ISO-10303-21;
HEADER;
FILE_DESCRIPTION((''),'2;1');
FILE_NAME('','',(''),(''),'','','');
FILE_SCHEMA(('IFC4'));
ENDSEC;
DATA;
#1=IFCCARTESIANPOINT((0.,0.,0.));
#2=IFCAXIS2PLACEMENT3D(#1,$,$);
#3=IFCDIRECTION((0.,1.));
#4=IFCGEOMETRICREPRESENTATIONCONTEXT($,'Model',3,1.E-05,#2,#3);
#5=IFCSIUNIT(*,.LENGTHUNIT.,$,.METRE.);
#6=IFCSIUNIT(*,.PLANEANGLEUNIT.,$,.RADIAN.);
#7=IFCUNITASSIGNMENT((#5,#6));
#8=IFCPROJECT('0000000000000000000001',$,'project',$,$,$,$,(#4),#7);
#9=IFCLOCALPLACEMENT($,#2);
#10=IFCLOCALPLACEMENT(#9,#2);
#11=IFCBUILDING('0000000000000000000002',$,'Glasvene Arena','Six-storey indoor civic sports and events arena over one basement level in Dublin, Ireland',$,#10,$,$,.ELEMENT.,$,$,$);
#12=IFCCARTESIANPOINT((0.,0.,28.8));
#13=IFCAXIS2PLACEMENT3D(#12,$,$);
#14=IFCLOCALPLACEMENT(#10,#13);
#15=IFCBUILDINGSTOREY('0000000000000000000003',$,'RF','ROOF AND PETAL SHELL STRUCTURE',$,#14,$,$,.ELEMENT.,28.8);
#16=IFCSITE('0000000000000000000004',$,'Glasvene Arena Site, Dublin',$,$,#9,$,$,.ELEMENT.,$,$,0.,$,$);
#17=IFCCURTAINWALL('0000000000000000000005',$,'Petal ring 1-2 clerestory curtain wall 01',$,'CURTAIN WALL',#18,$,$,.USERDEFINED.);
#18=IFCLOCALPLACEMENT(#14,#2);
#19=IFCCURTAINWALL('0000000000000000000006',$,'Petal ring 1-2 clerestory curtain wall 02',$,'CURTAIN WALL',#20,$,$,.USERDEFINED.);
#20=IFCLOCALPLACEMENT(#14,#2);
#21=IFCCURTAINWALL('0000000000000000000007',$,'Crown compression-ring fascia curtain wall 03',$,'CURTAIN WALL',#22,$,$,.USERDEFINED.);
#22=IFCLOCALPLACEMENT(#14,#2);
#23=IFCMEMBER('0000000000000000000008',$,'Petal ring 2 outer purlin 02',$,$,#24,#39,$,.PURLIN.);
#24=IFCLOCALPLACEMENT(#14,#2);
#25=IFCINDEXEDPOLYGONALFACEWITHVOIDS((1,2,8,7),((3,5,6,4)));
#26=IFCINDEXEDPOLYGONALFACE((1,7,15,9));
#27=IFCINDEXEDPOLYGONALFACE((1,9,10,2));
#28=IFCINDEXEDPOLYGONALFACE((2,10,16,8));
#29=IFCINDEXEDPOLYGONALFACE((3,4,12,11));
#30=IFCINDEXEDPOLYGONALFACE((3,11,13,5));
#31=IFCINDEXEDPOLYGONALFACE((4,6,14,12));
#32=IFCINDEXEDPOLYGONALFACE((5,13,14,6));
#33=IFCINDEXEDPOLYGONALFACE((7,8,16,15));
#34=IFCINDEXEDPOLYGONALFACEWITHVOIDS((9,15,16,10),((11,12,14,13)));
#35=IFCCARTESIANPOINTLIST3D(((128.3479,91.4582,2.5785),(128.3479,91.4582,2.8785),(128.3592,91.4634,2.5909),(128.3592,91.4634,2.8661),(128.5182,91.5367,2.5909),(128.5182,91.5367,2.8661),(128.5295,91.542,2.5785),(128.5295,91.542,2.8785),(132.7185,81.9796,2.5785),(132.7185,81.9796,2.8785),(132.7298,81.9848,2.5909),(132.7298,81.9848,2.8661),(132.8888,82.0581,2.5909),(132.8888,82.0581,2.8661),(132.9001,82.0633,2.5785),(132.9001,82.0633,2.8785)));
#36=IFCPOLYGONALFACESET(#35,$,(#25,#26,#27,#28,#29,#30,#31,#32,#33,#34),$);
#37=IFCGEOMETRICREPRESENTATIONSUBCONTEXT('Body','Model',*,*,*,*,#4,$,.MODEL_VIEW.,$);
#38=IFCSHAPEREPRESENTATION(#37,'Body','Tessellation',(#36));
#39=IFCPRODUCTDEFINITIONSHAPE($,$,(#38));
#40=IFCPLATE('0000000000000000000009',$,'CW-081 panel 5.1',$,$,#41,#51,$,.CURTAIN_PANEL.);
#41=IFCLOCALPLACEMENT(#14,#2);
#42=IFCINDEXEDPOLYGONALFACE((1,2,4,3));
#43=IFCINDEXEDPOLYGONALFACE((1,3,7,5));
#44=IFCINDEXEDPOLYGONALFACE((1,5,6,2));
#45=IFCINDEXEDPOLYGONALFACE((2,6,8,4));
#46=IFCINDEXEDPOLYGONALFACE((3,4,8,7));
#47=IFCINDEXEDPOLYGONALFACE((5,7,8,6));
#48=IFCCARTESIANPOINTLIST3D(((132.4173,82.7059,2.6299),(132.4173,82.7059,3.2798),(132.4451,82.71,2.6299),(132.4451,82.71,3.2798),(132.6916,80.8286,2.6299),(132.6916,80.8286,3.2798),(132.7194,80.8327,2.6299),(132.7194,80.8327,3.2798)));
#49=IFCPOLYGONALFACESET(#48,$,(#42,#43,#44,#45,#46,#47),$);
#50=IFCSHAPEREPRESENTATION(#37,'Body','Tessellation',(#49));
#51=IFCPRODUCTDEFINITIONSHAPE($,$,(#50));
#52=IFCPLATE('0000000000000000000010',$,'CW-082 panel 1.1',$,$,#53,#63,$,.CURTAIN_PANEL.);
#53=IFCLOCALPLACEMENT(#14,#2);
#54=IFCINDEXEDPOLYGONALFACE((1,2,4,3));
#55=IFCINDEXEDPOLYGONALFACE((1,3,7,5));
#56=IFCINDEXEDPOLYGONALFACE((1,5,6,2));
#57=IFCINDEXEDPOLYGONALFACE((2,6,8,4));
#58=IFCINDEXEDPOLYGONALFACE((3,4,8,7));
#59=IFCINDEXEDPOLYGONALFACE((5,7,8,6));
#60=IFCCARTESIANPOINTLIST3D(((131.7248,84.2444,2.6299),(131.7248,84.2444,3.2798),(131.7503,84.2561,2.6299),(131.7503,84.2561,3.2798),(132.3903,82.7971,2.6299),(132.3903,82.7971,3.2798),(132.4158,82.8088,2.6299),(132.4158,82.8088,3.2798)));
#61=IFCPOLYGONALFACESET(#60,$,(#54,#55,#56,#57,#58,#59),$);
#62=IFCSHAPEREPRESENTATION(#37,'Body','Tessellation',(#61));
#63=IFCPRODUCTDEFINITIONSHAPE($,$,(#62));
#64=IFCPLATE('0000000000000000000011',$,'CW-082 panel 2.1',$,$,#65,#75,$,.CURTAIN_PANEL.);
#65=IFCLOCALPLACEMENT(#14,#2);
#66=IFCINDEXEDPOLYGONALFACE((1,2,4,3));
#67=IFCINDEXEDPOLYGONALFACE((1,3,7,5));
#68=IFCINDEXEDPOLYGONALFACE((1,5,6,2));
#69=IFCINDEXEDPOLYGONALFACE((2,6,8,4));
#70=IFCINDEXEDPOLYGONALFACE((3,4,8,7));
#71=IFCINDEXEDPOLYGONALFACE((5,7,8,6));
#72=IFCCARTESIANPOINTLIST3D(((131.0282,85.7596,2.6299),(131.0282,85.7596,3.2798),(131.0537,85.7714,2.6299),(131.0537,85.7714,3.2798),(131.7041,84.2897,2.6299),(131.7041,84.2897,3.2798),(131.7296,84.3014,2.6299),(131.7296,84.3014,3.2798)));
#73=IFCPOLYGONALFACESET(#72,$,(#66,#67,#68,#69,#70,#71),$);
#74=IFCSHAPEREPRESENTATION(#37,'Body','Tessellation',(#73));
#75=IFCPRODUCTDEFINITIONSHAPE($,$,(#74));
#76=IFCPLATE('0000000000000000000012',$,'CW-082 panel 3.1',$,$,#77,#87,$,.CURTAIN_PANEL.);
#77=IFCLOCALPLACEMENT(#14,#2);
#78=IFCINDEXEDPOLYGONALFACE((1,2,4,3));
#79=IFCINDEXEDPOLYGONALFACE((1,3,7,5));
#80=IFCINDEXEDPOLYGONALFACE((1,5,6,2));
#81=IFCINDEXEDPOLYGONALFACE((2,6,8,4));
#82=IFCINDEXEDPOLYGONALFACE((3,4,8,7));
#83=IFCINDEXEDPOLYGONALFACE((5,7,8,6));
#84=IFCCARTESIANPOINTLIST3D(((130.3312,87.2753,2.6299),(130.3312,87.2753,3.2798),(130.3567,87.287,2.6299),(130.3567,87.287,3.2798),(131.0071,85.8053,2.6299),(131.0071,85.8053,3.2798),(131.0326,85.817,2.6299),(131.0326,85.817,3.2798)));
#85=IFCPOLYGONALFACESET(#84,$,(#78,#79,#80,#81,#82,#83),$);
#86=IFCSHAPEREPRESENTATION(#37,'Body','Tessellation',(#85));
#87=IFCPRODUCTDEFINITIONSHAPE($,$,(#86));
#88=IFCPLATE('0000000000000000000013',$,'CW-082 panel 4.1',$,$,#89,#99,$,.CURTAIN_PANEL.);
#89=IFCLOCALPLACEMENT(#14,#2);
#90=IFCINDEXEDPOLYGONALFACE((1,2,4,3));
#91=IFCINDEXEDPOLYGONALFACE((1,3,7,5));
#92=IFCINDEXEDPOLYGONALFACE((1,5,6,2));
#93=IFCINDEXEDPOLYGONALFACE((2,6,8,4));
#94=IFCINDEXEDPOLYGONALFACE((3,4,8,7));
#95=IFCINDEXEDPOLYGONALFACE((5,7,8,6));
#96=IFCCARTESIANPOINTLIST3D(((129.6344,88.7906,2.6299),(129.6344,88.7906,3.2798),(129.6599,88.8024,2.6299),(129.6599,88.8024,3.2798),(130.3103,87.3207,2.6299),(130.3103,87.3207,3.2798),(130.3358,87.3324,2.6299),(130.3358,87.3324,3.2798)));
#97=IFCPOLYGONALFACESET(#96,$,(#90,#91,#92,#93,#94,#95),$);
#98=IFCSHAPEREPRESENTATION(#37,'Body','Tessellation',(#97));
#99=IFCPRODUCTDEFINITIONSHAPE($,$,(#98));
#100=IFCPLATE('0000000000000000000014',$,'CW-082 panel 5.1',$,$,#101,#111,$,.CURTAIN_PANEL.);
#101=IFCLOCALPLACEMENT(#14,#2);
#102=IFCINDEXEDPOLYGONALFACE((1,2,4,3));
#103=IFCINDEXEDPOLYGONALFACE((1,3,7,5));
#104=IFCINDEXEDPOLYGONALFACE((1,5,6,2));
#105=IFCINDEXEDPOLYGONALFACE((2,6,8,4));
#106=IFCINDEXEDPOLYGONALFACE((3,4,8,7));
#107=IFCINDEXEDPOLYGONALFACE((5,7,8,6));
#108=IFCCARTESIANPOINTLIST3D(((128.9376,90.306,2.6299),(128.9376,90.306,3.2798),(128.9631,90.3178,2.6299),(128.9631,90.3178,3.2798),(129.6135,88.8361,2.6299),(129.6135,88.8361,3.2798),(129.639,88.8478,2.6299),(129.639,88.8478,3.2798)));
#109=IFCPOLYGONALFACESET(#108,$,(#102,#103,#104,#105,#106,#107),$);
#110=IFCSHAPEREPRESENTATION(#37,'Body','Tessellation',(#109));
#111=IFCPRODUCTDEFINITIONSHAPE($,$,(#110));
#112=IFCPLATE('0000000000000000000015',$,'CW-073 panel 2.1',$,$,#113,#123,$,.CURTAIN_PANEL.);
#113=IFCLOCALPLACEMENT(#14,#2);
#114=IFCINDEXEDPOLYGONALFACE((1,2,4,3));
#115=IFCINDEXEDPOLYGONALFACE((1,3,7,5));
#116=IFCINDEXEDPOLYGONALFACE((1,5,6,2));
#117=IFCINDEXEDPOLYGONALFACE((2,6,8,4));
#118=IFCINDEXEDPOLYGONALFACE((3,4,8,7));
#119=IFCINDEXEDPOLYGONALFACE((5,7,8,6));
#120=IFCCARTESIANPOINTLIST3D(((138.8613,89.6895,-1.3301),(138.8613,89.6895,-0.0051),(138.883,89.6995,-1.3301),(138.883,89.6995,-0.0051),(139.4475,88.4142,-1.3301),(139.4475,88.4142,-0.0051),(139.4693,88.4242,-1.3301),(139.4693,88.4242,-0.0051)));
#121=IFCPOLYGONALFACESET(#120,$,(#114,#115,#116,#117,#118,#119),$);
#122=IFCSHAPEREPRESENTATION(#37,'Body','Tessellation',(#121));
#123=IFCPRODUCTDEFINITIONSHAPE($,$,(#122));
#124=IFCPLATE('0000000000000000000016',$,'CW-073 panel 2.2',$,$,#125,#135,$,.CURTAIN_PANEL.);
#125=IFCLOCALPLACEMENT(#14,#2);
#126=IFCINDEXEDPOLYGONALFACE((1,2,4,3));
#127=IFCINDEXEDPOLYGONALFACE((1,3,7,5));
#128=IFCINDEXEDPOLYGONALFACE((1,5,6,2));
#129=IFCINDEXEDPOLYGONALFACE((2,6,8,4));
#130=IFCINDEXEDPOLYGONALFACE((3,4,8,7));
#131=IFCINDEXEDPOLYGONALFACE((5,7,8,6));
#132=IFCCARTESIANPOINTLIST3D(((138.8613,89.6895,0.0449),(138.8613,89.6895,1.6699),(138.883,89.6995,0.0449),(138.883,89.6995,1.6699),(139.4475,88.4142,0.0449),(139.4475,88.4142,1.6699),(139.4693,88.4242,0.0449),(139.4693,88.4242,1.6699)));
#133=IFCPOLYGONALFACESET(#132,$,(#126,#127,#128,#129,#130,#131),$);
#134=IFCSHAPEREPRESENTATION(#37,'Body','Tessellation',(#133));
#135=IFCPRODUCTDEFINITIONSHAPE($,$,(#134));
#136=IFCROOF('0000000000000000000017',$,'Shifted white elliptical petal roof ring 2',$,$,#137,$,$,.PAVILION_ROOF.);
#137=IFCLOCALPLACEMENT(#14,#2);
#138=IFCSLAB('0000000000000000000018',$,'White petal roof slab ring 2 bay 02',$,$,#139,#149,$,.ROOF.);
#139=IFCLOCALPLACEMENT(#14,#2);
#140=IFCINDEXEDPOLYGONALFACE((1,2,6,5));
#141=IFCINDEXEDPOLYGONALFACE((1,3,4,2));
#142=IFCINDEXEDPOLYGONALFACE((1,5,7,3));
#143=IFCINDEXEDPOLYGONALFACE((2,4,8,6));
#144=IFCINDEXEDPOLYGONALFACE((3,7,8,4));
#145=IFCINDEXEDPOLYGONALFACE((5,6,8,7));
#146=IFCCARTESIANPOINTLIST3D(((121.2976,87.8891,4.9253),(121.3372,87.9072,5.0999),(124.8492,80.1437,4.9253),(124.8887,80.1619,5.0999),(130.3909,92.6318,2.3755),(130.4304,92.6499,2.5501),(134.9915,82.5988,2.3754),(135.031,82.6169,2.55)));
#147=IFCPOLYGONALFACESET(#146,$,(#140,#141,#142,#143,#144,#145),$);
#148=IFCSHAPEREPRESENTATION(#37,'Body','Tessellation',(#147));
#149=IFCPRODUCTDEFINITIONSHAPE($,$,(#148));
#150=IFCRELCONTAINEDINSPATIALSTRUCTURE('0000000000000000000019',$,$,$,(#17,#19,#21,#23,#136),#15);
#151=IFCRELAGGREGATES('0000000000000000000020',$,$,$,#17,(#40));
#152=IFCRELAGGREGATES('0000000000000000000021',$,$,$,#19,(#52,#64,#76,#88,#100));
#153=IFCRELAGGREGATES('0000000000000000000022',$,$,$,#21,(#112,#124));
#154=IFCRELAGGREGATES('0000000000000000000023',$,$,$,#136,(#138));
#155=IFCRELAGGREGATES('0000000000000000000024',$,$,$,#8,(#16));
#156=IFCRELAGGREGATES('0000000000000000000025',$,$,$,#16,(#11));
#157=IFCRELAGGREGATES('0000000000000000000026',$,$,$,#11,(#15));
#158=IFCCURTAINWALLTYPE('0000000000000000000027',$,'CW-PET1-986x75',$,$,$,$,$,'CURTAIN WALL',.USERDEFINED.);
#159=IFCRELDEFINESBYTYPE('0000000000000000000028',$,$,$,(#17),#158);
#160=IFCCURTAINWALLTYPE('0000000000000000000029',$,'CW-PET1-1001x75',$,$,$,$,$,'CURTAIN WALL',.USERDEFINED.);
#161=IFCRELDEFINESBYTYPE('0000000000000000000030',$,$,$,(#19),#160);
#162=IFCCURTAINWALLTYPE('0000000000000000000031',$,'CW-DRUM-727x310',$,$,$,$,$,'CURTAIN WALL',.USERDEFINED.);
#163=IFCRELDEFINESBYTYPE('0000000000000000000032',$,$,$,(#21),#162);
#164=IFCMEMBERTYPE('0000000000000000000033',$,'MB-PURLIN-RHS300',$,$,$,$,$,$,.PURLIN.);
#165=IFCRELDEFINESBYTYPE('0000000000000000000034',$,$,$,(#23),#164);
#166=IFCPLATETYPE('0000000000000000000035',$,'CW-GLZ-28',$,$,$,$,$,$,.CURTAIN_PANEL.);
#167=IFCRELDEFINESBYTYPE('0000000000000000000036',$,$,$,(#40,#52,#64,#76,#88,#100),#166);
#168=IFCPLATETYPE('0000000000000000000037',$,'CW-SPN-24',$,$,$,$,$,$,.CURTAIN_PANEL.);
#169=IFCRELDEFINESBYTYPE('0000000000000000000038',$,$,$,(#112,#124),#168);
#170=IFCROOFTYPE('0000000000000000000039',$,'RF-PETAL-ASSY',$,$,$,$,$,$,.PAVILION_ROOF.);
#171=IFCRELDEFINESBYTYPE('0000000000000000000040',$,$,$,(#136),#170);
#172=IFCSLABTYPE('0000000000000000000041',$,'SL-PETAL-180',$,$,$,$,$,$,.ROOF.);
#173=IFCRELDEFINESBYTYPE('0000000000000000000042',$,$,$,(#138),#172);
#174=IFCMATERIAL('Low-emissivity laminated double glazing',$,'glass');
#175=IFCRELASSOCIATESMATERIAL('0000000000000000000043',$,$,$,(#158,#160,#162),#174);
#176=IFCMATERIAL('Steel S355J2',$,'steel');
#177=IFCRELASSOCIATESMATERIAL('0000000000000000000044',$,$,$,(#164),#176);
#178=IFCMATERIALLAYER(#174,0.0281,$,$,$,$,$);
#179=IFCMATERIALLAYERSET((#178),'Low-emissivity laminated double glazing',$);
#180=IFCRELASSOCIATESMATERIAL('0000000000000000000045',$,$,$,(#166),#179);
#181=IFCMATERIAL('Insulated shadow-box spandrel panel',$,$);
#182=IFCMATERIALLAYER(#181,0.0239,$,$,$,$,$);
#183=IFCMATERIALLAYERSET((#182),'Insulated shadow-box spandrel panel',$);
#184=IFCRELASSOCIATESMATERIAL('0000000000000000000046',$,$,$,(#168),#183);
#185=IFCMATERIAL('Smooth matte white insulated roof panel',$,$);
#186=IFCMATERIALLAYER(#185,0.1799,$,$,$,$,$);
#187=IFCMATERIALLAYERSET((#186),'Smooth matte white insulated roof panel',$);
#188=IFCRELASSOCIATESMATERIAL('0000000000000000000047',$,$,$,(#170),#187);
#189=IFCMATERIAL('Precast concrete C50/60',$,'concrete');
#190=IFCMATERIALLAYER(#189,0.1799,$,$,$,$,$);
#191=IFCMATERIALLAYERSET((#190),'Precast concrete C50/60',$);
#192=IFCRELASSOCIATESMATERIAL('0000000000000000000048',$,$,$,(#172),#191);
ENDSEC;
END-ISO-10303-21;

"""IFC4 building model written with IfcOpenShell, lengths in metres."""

from ifc_helpers import new_model, si_unit, direction, frame, origin, origin_2d, place, context, subcontext, project, spatial, polyline, rectangle, hollow_rectangle, outline, extrude, material, layer, layer_set, material_profile, profile_set, type_object, element, aggregate, save


model = new_model("IFC4")

# Units and contexts
model_context = context("Model", 3, precision=1e-05, world=origin(), true_north=direction((0.0, 1.0)))
body_context = subcontext(model_context, "Body", "Model", "MODEL_VIEW")
ifc_project = project(units=[si_unit("LENGTHUNIT", "METRE"), si_unit("PLANEANGLEUNIT", "RADIAN")], contexts=[model_context])

# Site, building, storey
site_placement = place(None, origin())
site = spatial("IfcSite", under=ifc_project, at=site_placement, Name="Glasvene Arena Site, Dublin", CompositionType="ELEMENT", RefElevation=0.0)
building_placement = place(site_placement, origin())
building = spatial("IfcBuilding", under=site, at=building_placement, Name="Glasvene Arena", Description="Six-storey indoor civic sports and events arena over one basement level in Dublin, Ireland", CompositionType="ELEMENT")
storey_placement = place(building_placement, frame((0.0, 0.0, 28.8)))
storey = spatial("IfcBuildingStorey", under=building, at=storey_placement, Name="RF", Description="ROOF AND PETAL SHELL STRUCTURE", CompositionType="ELEMENT", Elevation=28.8)

# Curtain wall
ifc_material_1 = material(Name="Low-emissivity laminated double glazing", Category="glass")
curtain_wall_type_1 = type_object("IfcCurtainWallType", Name="CW-PET1-986x75", ElementType="CURTAIN WALL", PredefinedType="USERDEFINED", material=ifc_material_1)
curtain_wall_1_placement = place(storey_placement, frame((133.8501, 73.0, 0.0)))
curtain_wall_1 = element("IfcCurtainWall", 1, at=curtain_wall_1_placement, inside=storey, type_object=curtain_wall_type_1, Name="Petal ring 1-2 clerestory curtain wall 01", ObjectType="CURTAIN WALL", PredefinedType="USERDEFINED")

# Curtain wall
curtain_wall_type_2 = type_object("IfcCurtainWallType", Name="CW-PET1-1001x75", ElementType="CURTAIN WALL", PredefinedType="USERDEFINED", material=ifc_material_1)
curtain_wall_2_placement = place(storey_placement, frame((132.4241, 82.7576, 0.0)))
curtain_wall_2 = element("IfcCurtainWall", 2, at=curtain_wall_2_placement, inside=storey, type_object=curtain_wall_type_2, Name="Petal ring 1-2 clerestory curtain wall 02", ObjectType="CURTAIN WALL", PredefinedType="USERDEFINED")

# Curtain wall
curtain_wall_type_3 = type_object("IfcCurtainWallType", Name="CW-DRUM-727x310", ElementType="CURTAIN WALL", PredefinedType="USERDEFINED", material=ifc_material_1)
curtain_wall_3_placement = place(storey_placement, frame((140.0759, 87.0757, 0.0)))
curtain_wall_3 = element("IfcCurtainWall", 3, at=curtain_wall_3_placement, inside=storey, type_object=curtain_wall_type_3, Name="Crown compression-ring fascia curtain wall 03", ObjectType="CURTAIN WALL", PredefinedType="USERDEFINED")

# Member
ifc_material_2 = material(Name="Steel S355J2", Category="steel")
ifc_material_profile_1 = material_profile(ifc_material_2, hollow_rectangle(XDim=0.2, YDim=0.3, WallThickness=0.0125, at=origin_2d()), Name="RHS 300x200x12.5")
ifc_profile_set_1 = profile_set([ifc_material_profile_1], Name="Steel S355J2")
member_type_1 = type_object("IfcMemberType", Name="MB-PURLIN-RHS300", PredefinedType="PURLIN", material=ifc_profile_set_1)
member_1_placement = place(storey_placement, frame((132.8093, 82.0215, 2.7285), z_axis=(-0.418735, 0.908109, 0.0), x_axis=(-0.908109, -0.418735, 0.0)))
element("IfcMember", 4, at=member_1_placement, inside=storey, type_object=member_type_1, Name="Petal ring 2 outer purlin 02", PredefinedType="PURLIN", context=body_context, shape_type="SweptSolid", body=[
    extrude(hollow_rectangle(XDim=0.2, YDim=0.3, WallThickness=0.0125, at=origin_2d()), origin(), (0.0, 0.0, 1.0), 10.4377),
])

# Plates
ifc_layer_1 = layer(ifc_material_1, 0.0281)
ifc_layer_set_1 = layer_set([ifc_layer_1], Name="Low-emissivity laminated double glazing")
plate_type_1 = type_object("IfcPlateType", Name="CW-GLZ-28", PredefinedType="CURTAIN_PANEL", material=ifc_layer_set_1)
plate_1_placement = place(storey_placement, frame((132.5684, 81.7693, 2.6299), z_axis=(0.0, 0.0, 1.0), x_axis=(-0.144608, 0.989489, 0.0)))
plate_1 = element("IfcPlate", 5, at=plate_1_placement, type_object=plate_type_1, Name="CW-081 panel 5.1", PredefinedType="CURTAIN_PANEL", context=body_context, shape_type="SweptSolid", body=[
    extrude(rectangle(XDim=1.8972, YDim=0.0281, at=origin_2d()), origin(), (0.0, 0.0, 1.0), 0.6499),
])
aggregate(curtain_wall_1, [plate_1])
plate_2_placement = place(storey_placement, frame((132.0703, 83.5266, 2.6299), z_axis=(0.0, 0.0, 1.0), x_axis=(-0.417761, 0.908557, 0.0)))
plate_2 = element("IfcPlate", 6, at=plate_2_placement, type_object=plate_type_1, Name="CW-082 panel 1.1", PredefinedType="CURTAIN_PANEL", context=body_context, shape_type="SweptSolid", body=[
    extrude(rectangle(XDim=1.593, YDim=0.0281, at=origin_2d()), origin(), (0.0, 0.0, 1.0), 0.6499),
])
plate_3_placement = place(storey_placement, frame((131.3789, 85.0305, 2.6299), z_axis=(0.0, 0.0, 1.0), x_axis=(-0.417761, 0.908557, 0.0)))
plate_3 = element("IfcPlate", 7, at=plate_3_placement, type_object=plate_type_1, Name="CW-082 panel 2.1", PredefinedType="CURTAIN_PANEL", context=body_context, shape_type="SweptSolid", body=[
    extrude(rectangle(XDim=1.6179, YDim=0.0281, at=origin_2d()), origin(), (0.0, 0.0, 1.0), 0.6499),
])
plate_4_placement = place(storey_placement, frame((130.6819, 86.5461, 2.6299), z_axis=(0.0, 0.0, 1.0), x_axis=(-0.417761, 0.908557, 0.0)))
plate_4 = element("IfcPlate", 8, at=plate_4_placement, type_object=plate_type_1, Name="CW-082 panel 3.1", PredefinedType="CURTAIN_PANEL", context=body_context, shape_type="SweptSolid", body=[
    extrude(rectangle(XDim=1.6179, YDim=0.0281, at=origin_2d()), origin(), (0.0, 0.0, 1.0), 0.6499),
])
plate_5_placement = place(storey_placement, frame((129.9851, 88.0615, 2.6299), z_axis=(0.0, 0.0, 1.0), x_axis=(-0.417761, 0.908557, 0.0)))
plate_5 = element("IfcPlate", 9, at=plate_5_placement, type_object=plate_type_1, Name="CW-082 panel 4.1", PredefinedType="CURTAIN_PANEL", context=body_context, shape_type="SweptSolid", body=[
    extrude(rectangle(XDim=1.6179, YDim=0.0281, at=origin_2d()), origin(), (0.0, 0.0, 1.0), 0.6499),
])
plate_6_placement = place(storey_placement, frame((129.2883, 89.5769, 2.6299), z_axis=(0.0, 0.0, 1.0), x_axis=(-0.417761, 0.908557, 0.0)))
plate_6 = element("IfcPlate", 10, at=plate_6_placement, type_object=plate_type_1, Name="CW-082 panel 5.1", PredefinedType="CURTAIN_PANEL", context=body_context, shape_type="SweptSolid", body=[
    extrude(rectangle(XDim=1.6179, YDim=0.0281, at=origin_2d()), origin(), (0.0, 0.0, 1.0), 0.6499),
])
aggregate(curtain_wall_2, [plate_2, plate_3, plate_4, plate_5, plate_6])
ifc_material_3 = material(Name="Insulated shadow-box spandrel panel")
ifc_layer_2 = layer(ifc_material_3, 0.0239)
ifc_layer_set_2 = layer_set([ifc_layer_2], Name="Insulated shadow-box spandrel panel")
plate_type_2 = type_object("IfcPlateType", Name="CW-SPN-24", PredefinedType="CURTAIN_PANEL", material=ifc_layer_set_2)
plate_7_placement = place(storey_placement, frame((139.1653, 89.0569, -1.3301), z_axis=(0.0, 0.0, 1.0), x_axis=(-0.417661, 0.908603, 0.0)))
plate_7 = element("IfcPlate", 11, at=plate_7_placement, type_object=plate_type_2, Name="CW-073 panel 2.1", PredefinedType="CURTAIN_PANEL", context=body_context, shape_type="SweptSolid", body=[
    extrude(rectangle(XDim=1.4036, YDim=0.0239, at=origin_2d()), origin(), (0.0, 0.0, 1.0), 1.325),
])
plate_8_placement = place(storey_placement, frame((139.1653, 89.0569, 0.0449), z_axis=(0.0, 0.0, 1.0), x_axis=(-0.417661, 0.908603, 0.0)))
plate_8 = element("IfcPlate", 12, at=plate_8_placement, type_object=plate_type_2, Name="CW-073 panel 2.2", PredefinedType="CURTAIN_PANEL", context=body_context, shape_type="SweptSolid", body=[
    extrude(rectangle(XDim=1.4036, YDim=0.0239, at=origin_2d()), origin(), (0.0, 0.0, 1.0), 1.625),
])
aggregate(curtain_wall_3, [plate_7, plate_8])

# Roof, slab
ifc_material_4 = material(Name="Smooth matte white insulated roof panel")
ifc_layer_3 = layer(ifc_material_4, 0.1799)
ifc_layer_set_3 = layer_set([ifc_layer_3], Name="Smooth matte white insulated roof panel")
roof_type = type_object("IfcRoofType", Name="RF-PETAL-ASSY", PredefinedType="PAVILION_ROOF", material=ifc_layer_set_3)
roof_placement = place(storey_placement, frame((90.55, 71.8501, 2.55)))
roof = element("IfcRoof", 13, at=roof_placement, inside=storey, type_object=roof_type, Name="Shifted white elliptical petal roof ring 2", PredefinedType="PAVILION_ROOF")
ifc_material_5 = material(Name="Precast concrete C50/60", Category="concrete")
ifc_layer_4 = layer(ifc_material_5, 0.1799)
ifc_layer_set_4 = layer_set([ifc_layer_4], Name="Precast concrete C50/60")
slab_type = type_object("IfcSlabType", Name="SL-PETAL-180", PredefinedType="ROOF", material=ifc_layer_set_4)
slab_placement = place(storey_placement, frame((135.031, 82.6169, 2.55), z_axis=(0.219585, 0.100689, 0.970384), x_axis=(-0.416815, 0.908991, 0.000001)))
slab = element("IfcSlab", 14, at=slab_placement, type_object=slab_type, Name="White petal roof slab ring 2 bay 02", PredefinedType="ROOF", context=body_context, shape_type="SweptSolid", body=[
    extrude(outline(polyline([(0.0, 0.0), (11.0375, 0.0), (10.5166, 10.5551), (1.9958, 10.5552), (0.0, 0.0)])), origin(), (0.0, 0.0, -1.0), 0.1799),
])
aggregate(roof, [slab])

save(model, "model.ifc")
